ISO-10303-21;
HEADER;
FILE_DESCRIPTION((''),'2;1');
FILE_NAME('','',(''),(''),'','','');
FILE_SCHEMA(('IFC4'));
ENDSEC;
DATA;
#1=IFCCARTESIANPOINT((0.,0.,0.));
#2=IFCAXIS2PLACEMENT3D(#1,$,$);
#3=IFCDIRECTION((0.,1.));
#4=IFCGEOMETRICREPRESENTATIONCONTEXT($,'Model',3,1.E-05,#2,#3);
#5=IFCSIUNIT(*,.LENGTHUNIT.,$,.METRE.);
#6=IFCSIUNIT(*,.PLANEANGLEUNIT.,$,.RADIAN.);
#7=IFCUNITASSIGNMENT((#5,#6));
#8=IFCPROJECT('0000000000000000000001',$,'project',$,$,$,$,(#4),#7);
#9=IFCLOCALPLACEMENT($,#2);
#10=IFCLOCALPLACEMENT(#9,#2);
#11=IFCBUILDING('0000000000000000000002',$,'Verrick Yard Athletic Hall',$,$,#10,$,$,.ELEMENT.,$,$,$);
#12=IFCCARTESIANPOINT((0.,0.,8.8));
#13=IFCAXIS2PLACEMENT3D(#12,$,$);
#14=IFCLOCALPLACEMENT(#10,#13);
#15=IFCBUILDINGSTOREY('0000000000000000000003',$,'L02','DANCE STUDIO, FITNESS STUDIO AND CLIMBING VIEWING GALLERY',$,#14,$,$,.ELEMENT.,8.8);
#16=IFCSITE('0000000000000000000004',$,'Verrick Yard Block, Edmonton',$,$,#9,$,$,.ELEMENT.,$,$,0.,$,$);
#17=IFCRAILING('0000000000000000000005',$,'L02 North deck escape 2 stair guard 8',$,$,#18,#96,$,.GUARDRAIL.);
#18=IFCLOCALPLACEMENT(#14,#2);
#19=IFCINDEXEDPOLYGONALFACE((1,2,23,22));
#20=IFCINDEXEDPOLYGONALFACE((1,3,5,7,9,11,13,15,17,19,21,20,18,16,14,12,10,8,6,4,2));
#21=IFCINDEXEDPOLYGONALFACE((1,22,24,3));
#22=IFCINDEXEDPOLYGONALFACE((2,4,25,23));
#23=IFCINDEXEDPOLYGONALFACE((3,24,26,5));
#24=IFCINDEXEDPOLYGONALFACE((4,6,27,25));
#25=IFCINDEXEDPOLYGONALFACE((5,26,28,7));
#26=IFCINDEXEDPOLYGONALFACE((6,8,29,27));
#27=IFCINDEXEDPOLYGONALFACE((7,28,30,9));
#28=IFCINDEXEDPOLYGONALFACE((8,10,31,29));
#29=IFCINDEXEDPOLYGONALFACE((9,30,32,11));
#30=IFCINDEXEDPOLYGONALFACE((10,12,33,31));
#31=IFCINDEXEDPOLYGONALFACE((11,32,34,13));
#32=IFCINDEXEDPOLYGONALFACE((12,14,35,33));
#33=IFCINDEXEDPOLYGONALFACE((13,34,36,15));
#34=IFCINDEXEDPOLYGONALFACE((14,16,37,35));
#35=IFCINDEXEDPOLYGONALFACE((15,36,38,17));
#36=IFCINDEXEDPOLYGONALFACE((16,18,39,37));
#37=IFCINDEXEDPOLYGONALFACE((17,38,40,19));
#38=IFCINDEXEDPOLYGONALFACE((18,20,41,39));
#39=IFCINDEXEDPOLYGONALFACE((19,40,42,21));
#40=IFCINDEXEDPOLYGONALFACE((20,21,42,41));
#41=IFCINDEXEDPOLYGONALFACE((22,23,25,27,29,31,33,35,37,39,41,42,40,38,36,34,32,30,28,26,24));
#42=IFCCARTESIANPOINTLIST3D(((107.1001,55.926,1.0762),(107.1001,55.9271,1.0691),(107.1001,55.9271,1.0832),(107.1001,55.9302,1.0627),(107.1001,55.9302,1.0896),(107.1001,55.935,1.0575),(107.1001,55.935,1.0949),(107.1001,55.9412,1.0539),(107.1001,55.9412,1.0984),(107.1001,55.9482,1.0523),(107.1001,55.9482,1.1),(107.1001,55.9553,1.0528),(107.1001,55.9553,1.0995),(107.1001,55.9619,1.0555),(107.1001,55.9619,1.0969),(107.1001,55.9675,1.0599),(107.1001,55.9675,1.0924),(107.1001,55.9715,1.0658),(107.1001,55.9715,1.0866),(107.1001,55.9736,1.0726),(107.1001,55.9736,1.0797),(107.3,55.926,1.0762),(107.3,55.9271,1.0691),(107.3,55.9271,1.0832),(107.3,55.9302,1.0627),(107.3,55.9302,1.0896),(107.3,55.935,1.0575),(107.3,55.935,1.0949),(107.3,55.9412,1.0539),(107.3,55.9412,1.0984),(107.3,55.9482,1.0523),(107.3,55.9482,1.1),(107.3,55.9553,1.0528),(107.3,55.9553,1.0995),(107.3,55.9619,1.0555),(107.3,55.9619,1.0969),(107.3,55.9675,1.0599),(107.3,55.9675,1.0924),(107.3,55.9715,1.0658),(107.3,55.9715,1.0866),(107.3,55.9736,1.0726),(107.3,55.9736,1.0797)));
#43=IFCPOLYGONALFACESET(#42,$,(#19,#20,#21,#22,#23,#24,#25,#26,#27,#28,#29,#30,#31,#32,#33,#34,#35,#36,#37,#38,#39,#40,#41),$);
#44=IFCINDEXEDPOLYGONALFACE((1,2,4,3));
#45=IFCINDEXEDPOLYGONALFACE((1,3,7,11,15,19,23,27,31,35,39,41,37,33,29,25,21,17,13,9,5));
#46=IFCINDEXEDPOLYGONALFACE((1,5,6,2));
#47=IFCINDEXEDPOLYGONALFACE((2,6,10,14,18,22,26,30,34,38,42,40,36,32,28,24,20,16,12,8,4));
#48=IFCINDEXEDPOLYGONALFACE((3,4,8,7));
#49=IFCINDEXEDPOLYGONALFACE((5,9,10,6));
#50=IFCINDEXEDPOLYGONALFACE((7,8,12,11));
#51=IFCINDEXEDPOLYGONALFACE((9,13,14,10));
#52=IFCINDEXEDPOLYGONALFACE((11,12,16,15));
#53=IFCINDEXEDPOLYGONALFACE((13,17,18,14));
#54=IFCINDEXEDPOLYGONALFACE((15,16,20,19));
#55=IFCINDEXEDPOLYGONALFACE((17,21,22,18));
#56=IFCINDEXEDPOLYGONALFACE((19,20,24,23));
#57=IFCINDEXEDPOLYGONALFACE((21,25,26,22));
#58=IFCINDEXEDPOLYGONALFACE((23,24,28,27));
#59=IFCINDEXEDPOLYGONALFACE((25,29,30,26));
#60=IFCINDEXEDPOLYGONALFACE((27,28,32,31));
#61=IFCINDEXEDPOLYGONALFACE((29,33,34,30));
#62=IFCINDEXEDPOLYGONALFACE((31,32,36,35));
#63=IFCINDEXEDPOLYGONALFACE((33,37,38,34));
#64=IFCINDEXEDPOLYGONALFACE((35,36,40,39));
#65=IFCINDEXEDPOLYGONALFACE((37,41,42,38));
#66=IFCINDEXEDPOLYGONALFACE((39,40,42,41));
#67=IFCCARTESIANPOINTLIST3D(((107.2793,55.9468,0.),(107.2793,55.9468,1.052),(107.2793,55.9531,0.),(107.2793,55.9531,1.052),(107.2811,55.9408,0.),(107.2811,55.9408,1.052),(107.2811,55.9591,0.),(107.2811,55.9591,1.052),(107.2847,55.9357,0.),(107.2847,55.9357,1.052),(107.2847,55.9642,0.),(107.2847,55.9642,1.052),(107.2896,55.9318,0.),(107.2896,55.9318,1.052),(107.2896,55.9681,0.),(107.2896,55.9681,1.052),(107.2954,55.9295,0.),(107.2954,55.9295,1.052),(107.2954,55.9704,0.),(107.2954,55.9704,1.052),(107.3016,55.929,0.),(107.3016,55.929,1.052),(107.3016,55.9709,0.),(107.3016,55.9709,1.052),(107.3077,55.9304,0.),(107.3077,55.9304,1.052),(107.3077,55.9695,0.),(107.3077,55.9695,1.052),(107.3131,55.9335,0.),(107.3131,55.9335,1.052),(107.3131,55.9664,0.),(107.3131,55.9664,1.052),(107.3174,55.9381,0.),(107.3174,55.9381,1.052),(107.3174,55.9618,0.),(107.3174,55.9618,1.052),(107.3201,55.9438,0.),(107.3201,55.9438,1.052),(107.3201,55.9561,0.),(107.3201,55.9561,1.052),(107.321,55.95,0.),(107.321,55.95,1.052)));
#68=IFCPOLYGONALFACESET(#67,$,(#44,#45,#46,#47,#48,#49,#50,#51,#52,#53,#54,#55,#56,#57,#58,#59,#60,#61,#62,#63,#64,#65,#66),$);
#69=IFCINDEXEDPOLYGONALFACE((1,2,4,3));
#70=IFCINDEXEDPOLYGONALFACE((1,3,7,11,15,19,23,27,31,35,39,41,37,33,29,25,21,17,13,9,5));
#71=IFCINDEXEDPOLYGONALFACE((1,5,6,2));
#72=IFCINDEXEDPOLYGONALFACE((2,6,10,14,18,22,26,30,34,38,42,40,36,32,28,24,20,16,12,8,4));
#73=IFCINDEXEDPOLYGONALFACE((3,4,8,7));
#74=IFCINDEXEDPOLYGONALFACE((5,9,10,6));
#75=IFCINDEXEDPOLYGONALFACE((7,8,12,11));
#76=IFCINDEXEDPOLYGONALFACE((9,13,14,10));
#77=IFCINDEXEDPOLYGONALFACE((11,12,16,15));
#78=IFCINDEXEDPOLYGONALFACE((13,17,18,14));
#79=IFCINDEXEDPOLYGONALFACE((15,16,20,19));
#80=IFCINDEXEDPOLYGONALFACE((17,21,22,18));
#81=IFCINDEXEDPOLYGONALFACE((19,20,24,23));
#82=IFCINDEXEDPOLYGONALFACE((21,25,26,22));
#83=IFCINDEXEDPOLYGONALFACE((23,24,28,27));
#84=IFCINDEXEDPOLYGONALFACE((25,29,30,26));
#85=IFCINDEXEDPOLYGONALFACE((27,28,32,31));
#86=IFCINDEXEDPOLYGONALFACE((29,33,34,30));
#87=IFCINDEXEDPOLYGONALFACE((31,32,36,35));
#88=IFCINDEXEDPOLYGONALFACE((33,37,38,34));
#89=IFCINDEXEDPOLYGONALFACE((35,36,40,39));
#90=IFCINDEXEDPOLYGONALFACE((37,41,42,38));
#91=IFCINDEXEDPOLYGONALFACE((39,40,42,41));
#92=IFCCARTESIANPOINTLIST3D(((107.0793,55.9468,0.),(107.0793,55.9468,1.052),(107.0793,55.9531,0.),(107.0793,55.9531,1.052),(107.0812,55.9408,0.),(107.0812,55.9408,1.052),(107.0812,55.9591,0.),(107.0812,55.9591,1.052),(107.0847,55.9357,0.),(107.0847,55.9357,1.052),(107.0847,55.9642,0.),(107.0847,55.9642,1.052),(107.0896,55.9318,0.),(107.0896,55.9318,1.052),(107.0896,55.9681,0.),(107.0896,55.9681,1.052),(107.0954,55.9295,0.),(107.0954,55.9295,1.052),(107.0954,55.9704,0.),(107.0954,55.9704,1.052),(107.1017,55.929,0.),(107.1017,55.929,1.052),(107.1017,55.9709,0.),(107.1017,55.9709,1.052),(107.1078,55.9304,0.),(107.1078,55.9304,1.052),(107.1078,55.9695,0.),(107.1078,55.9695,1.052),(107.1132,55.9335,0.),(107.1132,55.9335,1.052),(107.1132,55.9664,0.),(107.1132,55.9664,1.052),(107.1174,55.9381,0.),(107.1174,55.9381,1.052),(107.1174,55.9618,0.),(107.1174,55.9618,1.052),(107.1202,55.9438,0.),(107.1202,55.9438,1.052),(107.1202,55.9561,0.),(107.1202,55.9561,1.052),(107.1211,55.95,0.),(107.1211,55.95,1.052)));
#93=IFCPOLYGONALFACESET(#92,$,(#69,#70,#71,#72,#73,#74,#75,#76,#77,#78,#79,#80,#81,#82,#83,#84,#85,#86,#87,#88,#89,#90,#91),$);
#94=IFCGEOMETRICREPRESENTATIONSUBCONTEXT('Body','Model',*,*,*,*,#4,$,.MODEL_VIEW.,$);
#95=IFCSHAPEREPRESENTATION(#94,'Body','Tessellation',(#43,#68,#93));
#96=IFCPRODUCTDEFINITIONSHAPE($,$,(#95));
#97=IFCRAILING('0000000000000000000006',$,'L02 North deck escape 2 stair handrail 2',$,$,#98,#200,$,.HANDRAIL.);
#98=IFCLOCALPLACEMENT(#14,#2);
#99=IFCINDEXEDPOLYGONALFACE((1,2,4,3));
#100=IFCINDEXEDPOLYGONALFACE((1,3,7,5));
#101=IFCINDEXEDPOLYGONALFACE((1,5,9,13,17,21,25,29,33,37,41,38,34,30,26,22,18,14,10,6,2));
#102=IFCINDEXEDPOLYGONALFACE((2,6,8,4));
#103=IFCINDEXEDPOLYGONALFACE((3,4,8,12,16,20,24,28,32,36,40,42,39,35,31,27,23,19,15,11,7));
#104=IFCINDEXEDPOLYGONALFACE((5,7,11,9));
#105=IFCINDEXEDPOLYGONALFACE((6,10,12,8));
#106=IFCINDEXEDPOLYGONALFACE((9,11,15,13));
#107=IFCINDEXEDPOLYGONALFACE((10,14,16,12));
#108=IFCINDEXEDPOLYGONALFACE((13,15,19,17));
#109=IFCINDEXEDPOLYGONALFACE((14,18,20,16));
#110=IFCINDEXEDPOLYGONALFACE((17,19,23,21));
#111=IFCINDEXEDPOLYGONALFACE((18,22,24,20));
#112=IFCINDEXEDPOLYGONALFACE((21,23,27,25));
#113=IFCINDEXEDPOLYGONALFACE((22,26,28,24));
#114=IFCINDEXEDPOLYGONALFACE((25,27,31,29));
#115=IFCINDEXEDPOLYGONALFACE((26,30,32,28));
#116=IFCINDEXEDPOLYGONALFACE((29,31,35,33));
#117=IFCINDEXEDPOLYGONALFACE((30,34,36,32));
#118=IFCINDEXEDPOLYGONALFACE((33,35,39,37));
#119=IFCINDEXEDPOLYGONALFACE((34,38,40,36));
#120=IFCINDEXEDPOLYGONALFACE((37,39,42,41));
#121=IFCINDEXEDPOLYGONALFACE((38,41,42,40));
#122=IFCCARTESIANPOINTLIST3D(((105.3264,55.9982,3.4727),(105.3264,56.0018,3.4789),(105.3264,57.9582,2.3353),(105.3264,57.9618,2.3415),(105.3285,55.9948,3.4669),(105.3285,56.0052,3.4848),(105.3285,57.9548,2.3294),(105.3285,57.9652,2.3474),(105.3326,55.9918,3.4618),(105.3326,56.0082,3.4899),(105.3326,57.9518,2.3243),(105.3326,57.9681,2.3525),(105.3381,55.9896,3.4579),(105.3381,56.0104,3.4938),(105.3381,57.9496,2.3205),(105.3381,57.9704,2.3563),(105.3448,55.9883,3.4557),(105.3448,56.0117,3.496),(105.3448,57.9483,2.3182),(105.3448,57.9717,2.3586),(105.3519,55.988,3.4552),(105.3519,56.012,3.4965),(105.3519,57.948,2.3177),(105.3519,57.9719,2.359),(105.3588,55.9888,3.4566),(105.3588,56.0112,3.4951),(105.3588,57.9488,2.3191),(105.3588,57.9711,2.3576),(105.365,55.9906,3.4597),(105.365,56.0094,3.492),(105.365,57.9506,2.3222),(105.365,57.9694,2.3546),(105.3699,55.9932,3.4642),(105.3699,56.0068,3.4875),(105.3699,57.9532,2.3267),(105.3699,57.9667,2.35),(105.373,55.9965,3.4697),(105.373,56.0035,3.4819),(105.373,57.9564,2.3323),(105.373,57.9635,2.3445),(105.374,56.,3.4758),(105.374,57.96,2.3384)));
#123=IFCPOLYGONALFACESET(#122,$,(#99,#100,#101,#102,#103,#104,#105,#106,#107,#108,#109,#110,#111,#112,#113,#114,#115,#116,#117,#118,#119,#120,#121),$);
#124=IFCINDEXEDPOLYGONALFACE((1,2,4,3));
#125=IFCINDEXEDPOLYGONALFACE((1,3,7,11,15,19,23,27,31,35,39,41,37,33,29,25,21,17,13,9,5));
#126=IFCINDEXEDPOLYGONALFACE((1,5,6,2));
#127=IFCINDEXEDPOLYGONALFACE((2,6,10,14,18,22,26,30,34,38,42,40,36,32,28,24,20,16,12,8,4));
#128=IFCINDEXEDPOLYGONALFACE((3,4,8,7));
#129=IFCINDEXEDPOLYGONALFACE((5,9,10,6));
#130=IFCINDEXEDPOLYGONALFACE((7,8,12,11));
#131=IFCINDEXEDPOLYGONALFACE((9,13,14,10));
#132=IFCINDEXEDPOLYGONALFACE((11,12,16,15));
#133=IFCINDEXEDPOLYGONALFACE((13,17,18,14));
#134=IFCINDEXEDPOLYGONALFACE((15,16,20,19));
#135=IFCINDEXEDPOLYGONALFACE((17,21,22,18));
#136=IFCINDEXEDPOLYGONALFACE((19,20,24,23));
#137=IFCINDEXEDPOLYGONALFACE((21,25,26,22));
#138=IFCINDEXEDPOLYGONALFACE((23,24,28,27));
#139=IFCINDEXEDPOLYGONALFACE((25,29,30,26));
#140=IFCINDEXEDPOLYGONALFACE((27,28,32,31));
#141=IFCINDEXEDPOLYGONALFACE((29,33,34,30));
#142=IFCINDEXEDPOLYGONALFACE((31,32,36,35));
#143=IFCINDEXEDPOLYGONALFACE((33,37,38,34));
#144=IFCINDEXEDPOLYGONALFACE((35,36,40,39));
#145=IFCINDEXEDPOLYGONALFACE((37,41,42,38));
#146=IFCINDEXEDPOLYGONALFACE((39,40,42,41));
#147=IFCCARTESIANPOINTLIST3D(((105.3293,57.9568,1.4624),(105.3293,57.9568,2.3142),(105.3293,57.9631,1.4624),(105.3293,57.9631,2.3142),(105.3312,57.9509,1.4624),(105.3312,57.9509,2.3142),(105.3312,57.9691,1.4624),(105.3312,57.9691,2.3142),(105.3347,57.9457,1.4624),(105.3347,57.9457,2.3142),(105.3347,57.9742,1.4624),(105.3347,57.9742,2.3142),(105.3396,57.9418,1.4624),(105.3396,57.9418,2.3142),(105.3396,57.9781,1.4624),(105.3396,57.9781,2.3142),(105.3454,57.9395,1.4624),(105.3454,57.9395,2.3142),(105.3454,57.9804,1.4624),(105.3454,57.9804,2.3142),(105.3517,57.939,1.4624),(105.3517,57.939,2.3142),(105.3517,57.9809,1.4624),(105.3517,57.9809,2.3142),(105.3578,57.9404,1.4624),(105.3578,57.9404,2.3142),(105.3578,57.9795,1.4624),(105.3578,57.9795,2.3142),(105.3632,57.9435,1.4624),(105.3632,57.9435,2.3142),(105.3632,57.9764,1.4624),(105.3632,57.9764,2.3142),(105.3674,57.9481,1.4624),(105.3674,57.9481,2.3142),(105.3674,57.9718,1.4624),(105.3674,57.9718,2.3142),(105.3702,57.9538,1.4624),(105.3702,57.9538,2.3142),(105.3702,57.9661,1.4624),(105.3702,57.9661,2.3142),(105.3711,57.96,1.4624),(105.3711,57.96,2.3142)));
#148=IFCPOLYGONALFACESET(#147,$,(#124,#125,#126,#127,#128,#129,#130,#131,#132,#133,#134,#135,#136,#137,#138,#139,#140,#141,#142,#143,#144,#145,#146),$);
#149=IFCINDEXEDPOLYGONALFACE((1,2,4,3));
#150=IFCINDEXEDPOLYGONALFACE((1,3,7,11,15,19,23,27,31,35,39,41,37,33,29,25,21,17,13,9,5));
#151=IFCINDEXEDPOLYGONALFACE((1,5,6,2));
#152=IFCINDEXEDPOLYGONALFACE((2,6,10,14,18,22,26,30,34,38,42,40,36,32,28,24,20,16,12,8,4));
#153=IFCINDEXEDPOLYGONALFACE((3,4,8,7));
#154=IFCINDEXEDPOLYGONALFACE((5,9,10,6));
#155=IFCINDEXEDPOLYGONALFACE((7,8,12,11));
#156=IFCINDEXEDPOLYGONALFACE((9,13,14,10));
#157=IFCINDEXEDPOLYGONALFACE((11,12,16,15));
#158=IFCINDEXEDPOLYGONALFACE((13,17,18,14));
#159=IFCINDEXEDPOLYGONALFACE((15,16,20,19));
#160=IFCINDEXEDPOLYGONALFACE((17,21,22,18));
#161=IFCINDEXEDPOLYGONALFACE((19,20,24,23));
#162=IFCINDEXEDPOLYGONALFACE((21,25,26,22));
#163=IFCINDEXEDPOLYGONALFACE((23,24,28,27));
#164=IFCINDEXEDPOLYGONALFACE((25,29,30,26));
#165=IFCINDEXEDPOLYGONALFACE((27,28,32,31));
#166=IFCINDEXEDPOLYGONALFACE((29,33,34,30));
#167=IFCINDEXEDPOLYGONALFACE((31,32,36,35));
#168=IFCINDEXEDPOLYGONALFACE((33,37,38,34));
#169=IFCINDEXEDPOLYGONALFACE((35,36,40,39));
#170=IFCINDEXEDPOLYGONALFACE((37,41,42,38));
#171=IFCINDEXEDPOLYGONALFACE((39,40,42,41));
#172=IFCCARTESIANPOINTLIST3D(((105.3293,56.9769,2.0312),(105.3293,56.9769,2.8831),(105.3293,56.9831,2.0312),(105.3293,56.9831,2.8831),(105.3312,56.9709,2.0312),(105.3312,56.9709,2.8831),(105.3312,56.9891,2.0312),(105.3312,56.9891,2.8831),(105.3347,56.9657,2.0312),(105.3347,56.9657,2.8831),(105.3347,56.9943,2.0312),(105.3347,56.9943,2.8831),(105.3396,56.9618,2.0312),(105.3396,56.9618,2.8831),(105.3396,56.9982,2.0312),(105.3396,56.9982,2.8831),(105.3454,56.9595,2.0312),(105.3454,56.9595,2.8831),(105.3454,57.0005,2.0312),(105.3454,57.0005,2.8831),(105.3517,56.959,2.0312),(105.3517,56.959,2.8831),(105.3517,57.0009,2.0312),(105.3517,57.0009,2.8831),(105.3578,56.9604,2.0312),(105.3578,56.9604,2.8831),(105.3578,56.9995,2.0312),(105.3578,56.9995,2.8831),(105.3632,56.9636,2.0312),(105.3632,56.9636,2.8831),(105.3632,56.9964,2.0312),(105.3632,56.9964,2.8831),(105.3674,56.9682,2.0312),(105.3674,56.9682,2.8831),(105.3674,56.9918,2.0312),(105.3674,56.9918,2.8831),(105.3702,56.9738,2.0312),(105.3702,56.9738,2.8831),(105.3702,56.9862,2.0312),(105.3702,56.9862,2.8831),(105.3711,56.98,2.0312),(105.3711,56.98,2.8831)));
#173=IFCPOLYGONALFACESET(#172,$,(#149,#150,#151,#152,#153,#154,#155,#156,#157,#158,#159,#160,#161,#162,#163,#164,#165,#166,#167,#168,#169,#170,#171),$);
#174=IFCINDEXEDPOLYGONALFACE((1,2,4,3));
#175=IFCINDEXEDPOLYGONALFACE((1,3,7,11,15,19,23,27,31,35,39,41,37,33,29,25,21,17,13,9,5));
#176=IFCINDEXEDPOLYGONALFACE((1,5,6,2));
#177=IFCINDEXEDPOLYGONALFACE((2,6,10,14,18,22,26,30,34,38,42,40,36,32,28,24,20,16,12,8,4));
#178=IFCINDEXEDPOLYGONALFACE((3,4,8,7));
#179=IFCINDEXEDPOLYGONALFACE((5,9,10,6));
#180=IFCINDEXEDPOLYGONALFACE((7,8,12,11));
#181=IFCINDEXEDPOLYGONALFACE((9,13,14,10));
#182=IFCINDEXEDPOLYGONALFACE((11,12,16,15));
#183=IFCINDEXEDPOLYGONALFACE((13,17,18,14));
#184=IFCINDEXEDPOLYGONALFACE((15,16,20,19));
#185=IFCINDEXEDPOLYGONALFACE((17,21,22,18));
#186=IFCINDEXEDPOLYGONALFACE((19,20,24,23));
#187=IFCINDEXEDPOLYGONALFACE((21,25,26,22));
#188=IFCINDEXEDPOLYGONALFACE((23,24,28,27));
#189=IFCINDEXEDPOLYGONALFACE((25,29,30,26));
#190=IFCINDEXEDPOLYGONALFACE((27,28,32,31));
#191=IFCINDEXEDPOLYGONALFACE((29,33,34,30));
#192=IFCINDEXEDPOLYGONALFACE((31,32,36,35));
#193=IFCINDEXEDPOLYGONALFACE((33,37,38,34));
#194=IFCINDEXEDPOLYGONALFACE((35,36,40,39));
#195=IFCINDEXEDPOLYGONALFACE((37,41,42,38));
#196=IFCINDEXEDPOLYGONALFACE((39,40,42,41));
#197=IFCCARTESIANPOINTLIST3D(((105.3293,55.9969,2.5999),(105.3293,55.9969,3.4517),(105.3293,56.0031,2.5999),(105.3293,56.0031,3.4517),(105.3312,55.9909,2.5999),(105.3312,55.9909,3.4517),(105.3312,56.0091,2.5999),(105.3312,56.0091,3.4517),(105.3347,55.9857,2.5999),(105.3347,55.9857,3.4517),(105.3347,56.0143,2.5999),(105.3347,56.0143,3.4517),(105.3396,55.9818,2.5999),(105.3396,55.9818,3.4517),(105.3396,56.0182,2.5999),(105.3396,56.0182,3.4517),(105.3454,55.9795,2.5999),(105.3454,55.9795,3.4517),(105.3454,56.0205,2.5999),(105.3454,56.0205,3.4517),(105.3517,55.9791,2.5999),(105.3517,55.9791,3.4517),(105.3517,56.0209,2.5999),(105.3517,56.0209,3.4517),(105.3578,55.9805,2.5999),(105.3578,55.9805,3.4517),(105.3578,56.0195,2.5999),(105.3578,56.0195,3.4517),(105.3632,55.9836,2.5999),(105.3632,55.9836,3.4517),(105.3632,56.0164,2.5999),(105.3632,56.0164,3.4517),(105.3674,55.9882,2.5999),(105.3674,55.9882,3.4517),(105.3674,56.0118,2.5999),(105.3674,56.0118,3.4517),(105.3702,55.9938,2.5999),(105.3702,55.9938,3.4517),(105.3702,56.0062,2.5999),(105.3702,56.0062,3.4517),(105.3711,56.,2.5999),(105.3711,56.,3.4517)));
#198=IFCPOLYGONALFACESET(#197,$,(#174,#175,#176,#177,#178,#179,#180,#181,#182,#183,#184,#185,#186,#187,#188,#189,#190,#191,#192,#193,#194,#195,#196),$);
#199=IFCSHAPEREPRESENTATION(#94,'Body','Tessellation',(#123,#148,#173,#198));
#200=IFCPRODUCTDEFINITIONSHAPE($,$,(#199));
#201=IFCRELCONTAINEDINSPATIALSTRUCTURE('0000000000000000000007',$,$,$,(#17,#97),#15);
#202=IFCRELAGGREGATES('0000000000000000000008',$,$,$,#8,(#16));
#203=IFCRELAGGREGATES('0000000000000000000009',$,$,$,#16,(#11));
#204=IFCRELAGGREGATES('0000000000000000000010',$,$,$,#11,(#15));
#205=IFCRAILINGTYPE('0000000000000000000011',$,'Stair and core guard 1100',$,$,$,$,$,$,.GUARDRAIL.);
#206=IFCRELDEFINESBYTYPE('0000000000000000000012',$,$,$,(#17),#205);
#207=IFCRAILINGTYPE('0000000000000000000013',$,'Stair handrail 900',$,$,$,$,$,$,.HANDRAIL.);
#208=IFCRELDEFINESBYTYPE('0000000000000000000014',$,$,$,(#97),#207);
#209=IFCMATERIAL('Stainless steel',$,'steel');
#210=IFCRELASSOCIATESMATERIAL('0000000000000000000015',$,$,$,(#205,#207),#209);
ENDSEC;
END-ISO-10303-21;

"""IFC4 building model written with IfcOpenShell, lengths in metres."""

from ifc_helpers import new_model, si_unit, direction, frame, origin, origin_2d, place, context, subcontext, project, spatial, circle, extrude, material, type_object, element, save


model = new_model("IFC4")

# Units and contexts
model_context = context("Model", 3, precision=1e-05, world=origin(), true_north=direction((0.0, 1.0)))
body_context = subcontext(model_context, "Body", "Model", "MODEL_VIEW")
ifc_project = project(units=[si_unit("LENGTHUNIT", "METRE"), si_unit("PLANEANGLEUNIT", "RADIAN")], contexts=[model_context])

# Site, building, storey
site_placement = place(None, origin())
site = spatial("IfcSite", under=ifc_project, at=site_placement, Name="Verrick Yard Block, Edmonton", CompositionType="ELEMENT", RefElevation=0.0)
building_placement = place(site_placement, origin())
building = spatial("IfcBuilding", under=site, at=building_placement, Name="Verrick Yard Athletic Hall", CompositionType="ELEMENT")
storey_placement = place(building_placement, frame((0.0, 0.0, 8.8)))
storey = spatial("IfcBuildingStorey", under=building, at=storey_placement, Name="L02", Description="DANCE STUDIO, FITNESS STUDIO AND CLIMBING VIEWING GALLERY", CompositionType="ELEMENT", Elevation=8.8)

# Railings
ifc_material_1 = material(Name="Stainless steel", Category="steel")
railing_type_1 = type_object("IfcRailingType", Name="Stair and core guard 1100", PredefinedType="GUARDRAIL", material=ifc_material_1)
railing_1_placement = place(storey_placement, frame((107.3, 55.95, 0.0)))
element("IfcRailing", 1, at=railing_1_placement, inside=storey, type_object=railing_type_1, Name="L02 North deck escape 2 stair guard 8", PredefinedType="GUARDRAIL", context=body_context, shape_type="SweptSolid", body=[
    extrude(circle(Radius=0.0239, at=origin_2d()), frame((0.0, 0.0, 1.0762), z_axis=(-1.0, 0.0, 0.0), x_axis=(0.0, -1.0, 0.0)), (0.0, 0.0, 1.0), 0.2),
    extrude(circle(Radius=0.021, at=origin_2d()), origin(), (0.0, 0.0, 1.0), 1.052),
    extrude(circle(Radius=0.021, at=origin_2d()), frame((-0.2, 0.0, 0.0)), (0.0, 0.0, 1.0), 1.052),
])
railing_type_2 = type_object("IfcRailingType", Name="Stair handrail 900", PredefinedType="HANDRAIL", material=ifc_material_1)
for number, where, name in (
    (2, (105.3501, 57.96, 1.4624), "L02 North deck escape 2 stair handrail 2"),
):
    element("IfcRailing", number, at=place(storey_placement, frame(where)), inside=storey, type_object=railing_type_2, Name=name, PredefinedType="HANDRAIL", context=body_context, shape_type="SweptSolid", body=[
        extrude(circle(Radius=0.0239, at=origin_2d()), frame((0.0, 0.0, 0.876), z_axis=(0.0, -0.864902, 0.501941), x_axis=(1.0, 0.0, 0.0)), (0.0, 0.0, 1.0), 2.2661),
        extrude(circle(Radius=0.021, at=origin_2d()), origin(), (0.0, 0.0, 1.0), 0.8518),
        extrude(circle(Radius=0.021, at=origin_2d()), frame((0.0, -0.98, 0.5688)), (0.0, 0.0, 1.0), 0.8518),
        extrude(circle(Radius=0.021, at=origin_2d()), frame((0.0, -1.96, 1.1375)), (0.0, 0.0, 1.0), 0.8518),
    ])

save(model, "model.ifc")
